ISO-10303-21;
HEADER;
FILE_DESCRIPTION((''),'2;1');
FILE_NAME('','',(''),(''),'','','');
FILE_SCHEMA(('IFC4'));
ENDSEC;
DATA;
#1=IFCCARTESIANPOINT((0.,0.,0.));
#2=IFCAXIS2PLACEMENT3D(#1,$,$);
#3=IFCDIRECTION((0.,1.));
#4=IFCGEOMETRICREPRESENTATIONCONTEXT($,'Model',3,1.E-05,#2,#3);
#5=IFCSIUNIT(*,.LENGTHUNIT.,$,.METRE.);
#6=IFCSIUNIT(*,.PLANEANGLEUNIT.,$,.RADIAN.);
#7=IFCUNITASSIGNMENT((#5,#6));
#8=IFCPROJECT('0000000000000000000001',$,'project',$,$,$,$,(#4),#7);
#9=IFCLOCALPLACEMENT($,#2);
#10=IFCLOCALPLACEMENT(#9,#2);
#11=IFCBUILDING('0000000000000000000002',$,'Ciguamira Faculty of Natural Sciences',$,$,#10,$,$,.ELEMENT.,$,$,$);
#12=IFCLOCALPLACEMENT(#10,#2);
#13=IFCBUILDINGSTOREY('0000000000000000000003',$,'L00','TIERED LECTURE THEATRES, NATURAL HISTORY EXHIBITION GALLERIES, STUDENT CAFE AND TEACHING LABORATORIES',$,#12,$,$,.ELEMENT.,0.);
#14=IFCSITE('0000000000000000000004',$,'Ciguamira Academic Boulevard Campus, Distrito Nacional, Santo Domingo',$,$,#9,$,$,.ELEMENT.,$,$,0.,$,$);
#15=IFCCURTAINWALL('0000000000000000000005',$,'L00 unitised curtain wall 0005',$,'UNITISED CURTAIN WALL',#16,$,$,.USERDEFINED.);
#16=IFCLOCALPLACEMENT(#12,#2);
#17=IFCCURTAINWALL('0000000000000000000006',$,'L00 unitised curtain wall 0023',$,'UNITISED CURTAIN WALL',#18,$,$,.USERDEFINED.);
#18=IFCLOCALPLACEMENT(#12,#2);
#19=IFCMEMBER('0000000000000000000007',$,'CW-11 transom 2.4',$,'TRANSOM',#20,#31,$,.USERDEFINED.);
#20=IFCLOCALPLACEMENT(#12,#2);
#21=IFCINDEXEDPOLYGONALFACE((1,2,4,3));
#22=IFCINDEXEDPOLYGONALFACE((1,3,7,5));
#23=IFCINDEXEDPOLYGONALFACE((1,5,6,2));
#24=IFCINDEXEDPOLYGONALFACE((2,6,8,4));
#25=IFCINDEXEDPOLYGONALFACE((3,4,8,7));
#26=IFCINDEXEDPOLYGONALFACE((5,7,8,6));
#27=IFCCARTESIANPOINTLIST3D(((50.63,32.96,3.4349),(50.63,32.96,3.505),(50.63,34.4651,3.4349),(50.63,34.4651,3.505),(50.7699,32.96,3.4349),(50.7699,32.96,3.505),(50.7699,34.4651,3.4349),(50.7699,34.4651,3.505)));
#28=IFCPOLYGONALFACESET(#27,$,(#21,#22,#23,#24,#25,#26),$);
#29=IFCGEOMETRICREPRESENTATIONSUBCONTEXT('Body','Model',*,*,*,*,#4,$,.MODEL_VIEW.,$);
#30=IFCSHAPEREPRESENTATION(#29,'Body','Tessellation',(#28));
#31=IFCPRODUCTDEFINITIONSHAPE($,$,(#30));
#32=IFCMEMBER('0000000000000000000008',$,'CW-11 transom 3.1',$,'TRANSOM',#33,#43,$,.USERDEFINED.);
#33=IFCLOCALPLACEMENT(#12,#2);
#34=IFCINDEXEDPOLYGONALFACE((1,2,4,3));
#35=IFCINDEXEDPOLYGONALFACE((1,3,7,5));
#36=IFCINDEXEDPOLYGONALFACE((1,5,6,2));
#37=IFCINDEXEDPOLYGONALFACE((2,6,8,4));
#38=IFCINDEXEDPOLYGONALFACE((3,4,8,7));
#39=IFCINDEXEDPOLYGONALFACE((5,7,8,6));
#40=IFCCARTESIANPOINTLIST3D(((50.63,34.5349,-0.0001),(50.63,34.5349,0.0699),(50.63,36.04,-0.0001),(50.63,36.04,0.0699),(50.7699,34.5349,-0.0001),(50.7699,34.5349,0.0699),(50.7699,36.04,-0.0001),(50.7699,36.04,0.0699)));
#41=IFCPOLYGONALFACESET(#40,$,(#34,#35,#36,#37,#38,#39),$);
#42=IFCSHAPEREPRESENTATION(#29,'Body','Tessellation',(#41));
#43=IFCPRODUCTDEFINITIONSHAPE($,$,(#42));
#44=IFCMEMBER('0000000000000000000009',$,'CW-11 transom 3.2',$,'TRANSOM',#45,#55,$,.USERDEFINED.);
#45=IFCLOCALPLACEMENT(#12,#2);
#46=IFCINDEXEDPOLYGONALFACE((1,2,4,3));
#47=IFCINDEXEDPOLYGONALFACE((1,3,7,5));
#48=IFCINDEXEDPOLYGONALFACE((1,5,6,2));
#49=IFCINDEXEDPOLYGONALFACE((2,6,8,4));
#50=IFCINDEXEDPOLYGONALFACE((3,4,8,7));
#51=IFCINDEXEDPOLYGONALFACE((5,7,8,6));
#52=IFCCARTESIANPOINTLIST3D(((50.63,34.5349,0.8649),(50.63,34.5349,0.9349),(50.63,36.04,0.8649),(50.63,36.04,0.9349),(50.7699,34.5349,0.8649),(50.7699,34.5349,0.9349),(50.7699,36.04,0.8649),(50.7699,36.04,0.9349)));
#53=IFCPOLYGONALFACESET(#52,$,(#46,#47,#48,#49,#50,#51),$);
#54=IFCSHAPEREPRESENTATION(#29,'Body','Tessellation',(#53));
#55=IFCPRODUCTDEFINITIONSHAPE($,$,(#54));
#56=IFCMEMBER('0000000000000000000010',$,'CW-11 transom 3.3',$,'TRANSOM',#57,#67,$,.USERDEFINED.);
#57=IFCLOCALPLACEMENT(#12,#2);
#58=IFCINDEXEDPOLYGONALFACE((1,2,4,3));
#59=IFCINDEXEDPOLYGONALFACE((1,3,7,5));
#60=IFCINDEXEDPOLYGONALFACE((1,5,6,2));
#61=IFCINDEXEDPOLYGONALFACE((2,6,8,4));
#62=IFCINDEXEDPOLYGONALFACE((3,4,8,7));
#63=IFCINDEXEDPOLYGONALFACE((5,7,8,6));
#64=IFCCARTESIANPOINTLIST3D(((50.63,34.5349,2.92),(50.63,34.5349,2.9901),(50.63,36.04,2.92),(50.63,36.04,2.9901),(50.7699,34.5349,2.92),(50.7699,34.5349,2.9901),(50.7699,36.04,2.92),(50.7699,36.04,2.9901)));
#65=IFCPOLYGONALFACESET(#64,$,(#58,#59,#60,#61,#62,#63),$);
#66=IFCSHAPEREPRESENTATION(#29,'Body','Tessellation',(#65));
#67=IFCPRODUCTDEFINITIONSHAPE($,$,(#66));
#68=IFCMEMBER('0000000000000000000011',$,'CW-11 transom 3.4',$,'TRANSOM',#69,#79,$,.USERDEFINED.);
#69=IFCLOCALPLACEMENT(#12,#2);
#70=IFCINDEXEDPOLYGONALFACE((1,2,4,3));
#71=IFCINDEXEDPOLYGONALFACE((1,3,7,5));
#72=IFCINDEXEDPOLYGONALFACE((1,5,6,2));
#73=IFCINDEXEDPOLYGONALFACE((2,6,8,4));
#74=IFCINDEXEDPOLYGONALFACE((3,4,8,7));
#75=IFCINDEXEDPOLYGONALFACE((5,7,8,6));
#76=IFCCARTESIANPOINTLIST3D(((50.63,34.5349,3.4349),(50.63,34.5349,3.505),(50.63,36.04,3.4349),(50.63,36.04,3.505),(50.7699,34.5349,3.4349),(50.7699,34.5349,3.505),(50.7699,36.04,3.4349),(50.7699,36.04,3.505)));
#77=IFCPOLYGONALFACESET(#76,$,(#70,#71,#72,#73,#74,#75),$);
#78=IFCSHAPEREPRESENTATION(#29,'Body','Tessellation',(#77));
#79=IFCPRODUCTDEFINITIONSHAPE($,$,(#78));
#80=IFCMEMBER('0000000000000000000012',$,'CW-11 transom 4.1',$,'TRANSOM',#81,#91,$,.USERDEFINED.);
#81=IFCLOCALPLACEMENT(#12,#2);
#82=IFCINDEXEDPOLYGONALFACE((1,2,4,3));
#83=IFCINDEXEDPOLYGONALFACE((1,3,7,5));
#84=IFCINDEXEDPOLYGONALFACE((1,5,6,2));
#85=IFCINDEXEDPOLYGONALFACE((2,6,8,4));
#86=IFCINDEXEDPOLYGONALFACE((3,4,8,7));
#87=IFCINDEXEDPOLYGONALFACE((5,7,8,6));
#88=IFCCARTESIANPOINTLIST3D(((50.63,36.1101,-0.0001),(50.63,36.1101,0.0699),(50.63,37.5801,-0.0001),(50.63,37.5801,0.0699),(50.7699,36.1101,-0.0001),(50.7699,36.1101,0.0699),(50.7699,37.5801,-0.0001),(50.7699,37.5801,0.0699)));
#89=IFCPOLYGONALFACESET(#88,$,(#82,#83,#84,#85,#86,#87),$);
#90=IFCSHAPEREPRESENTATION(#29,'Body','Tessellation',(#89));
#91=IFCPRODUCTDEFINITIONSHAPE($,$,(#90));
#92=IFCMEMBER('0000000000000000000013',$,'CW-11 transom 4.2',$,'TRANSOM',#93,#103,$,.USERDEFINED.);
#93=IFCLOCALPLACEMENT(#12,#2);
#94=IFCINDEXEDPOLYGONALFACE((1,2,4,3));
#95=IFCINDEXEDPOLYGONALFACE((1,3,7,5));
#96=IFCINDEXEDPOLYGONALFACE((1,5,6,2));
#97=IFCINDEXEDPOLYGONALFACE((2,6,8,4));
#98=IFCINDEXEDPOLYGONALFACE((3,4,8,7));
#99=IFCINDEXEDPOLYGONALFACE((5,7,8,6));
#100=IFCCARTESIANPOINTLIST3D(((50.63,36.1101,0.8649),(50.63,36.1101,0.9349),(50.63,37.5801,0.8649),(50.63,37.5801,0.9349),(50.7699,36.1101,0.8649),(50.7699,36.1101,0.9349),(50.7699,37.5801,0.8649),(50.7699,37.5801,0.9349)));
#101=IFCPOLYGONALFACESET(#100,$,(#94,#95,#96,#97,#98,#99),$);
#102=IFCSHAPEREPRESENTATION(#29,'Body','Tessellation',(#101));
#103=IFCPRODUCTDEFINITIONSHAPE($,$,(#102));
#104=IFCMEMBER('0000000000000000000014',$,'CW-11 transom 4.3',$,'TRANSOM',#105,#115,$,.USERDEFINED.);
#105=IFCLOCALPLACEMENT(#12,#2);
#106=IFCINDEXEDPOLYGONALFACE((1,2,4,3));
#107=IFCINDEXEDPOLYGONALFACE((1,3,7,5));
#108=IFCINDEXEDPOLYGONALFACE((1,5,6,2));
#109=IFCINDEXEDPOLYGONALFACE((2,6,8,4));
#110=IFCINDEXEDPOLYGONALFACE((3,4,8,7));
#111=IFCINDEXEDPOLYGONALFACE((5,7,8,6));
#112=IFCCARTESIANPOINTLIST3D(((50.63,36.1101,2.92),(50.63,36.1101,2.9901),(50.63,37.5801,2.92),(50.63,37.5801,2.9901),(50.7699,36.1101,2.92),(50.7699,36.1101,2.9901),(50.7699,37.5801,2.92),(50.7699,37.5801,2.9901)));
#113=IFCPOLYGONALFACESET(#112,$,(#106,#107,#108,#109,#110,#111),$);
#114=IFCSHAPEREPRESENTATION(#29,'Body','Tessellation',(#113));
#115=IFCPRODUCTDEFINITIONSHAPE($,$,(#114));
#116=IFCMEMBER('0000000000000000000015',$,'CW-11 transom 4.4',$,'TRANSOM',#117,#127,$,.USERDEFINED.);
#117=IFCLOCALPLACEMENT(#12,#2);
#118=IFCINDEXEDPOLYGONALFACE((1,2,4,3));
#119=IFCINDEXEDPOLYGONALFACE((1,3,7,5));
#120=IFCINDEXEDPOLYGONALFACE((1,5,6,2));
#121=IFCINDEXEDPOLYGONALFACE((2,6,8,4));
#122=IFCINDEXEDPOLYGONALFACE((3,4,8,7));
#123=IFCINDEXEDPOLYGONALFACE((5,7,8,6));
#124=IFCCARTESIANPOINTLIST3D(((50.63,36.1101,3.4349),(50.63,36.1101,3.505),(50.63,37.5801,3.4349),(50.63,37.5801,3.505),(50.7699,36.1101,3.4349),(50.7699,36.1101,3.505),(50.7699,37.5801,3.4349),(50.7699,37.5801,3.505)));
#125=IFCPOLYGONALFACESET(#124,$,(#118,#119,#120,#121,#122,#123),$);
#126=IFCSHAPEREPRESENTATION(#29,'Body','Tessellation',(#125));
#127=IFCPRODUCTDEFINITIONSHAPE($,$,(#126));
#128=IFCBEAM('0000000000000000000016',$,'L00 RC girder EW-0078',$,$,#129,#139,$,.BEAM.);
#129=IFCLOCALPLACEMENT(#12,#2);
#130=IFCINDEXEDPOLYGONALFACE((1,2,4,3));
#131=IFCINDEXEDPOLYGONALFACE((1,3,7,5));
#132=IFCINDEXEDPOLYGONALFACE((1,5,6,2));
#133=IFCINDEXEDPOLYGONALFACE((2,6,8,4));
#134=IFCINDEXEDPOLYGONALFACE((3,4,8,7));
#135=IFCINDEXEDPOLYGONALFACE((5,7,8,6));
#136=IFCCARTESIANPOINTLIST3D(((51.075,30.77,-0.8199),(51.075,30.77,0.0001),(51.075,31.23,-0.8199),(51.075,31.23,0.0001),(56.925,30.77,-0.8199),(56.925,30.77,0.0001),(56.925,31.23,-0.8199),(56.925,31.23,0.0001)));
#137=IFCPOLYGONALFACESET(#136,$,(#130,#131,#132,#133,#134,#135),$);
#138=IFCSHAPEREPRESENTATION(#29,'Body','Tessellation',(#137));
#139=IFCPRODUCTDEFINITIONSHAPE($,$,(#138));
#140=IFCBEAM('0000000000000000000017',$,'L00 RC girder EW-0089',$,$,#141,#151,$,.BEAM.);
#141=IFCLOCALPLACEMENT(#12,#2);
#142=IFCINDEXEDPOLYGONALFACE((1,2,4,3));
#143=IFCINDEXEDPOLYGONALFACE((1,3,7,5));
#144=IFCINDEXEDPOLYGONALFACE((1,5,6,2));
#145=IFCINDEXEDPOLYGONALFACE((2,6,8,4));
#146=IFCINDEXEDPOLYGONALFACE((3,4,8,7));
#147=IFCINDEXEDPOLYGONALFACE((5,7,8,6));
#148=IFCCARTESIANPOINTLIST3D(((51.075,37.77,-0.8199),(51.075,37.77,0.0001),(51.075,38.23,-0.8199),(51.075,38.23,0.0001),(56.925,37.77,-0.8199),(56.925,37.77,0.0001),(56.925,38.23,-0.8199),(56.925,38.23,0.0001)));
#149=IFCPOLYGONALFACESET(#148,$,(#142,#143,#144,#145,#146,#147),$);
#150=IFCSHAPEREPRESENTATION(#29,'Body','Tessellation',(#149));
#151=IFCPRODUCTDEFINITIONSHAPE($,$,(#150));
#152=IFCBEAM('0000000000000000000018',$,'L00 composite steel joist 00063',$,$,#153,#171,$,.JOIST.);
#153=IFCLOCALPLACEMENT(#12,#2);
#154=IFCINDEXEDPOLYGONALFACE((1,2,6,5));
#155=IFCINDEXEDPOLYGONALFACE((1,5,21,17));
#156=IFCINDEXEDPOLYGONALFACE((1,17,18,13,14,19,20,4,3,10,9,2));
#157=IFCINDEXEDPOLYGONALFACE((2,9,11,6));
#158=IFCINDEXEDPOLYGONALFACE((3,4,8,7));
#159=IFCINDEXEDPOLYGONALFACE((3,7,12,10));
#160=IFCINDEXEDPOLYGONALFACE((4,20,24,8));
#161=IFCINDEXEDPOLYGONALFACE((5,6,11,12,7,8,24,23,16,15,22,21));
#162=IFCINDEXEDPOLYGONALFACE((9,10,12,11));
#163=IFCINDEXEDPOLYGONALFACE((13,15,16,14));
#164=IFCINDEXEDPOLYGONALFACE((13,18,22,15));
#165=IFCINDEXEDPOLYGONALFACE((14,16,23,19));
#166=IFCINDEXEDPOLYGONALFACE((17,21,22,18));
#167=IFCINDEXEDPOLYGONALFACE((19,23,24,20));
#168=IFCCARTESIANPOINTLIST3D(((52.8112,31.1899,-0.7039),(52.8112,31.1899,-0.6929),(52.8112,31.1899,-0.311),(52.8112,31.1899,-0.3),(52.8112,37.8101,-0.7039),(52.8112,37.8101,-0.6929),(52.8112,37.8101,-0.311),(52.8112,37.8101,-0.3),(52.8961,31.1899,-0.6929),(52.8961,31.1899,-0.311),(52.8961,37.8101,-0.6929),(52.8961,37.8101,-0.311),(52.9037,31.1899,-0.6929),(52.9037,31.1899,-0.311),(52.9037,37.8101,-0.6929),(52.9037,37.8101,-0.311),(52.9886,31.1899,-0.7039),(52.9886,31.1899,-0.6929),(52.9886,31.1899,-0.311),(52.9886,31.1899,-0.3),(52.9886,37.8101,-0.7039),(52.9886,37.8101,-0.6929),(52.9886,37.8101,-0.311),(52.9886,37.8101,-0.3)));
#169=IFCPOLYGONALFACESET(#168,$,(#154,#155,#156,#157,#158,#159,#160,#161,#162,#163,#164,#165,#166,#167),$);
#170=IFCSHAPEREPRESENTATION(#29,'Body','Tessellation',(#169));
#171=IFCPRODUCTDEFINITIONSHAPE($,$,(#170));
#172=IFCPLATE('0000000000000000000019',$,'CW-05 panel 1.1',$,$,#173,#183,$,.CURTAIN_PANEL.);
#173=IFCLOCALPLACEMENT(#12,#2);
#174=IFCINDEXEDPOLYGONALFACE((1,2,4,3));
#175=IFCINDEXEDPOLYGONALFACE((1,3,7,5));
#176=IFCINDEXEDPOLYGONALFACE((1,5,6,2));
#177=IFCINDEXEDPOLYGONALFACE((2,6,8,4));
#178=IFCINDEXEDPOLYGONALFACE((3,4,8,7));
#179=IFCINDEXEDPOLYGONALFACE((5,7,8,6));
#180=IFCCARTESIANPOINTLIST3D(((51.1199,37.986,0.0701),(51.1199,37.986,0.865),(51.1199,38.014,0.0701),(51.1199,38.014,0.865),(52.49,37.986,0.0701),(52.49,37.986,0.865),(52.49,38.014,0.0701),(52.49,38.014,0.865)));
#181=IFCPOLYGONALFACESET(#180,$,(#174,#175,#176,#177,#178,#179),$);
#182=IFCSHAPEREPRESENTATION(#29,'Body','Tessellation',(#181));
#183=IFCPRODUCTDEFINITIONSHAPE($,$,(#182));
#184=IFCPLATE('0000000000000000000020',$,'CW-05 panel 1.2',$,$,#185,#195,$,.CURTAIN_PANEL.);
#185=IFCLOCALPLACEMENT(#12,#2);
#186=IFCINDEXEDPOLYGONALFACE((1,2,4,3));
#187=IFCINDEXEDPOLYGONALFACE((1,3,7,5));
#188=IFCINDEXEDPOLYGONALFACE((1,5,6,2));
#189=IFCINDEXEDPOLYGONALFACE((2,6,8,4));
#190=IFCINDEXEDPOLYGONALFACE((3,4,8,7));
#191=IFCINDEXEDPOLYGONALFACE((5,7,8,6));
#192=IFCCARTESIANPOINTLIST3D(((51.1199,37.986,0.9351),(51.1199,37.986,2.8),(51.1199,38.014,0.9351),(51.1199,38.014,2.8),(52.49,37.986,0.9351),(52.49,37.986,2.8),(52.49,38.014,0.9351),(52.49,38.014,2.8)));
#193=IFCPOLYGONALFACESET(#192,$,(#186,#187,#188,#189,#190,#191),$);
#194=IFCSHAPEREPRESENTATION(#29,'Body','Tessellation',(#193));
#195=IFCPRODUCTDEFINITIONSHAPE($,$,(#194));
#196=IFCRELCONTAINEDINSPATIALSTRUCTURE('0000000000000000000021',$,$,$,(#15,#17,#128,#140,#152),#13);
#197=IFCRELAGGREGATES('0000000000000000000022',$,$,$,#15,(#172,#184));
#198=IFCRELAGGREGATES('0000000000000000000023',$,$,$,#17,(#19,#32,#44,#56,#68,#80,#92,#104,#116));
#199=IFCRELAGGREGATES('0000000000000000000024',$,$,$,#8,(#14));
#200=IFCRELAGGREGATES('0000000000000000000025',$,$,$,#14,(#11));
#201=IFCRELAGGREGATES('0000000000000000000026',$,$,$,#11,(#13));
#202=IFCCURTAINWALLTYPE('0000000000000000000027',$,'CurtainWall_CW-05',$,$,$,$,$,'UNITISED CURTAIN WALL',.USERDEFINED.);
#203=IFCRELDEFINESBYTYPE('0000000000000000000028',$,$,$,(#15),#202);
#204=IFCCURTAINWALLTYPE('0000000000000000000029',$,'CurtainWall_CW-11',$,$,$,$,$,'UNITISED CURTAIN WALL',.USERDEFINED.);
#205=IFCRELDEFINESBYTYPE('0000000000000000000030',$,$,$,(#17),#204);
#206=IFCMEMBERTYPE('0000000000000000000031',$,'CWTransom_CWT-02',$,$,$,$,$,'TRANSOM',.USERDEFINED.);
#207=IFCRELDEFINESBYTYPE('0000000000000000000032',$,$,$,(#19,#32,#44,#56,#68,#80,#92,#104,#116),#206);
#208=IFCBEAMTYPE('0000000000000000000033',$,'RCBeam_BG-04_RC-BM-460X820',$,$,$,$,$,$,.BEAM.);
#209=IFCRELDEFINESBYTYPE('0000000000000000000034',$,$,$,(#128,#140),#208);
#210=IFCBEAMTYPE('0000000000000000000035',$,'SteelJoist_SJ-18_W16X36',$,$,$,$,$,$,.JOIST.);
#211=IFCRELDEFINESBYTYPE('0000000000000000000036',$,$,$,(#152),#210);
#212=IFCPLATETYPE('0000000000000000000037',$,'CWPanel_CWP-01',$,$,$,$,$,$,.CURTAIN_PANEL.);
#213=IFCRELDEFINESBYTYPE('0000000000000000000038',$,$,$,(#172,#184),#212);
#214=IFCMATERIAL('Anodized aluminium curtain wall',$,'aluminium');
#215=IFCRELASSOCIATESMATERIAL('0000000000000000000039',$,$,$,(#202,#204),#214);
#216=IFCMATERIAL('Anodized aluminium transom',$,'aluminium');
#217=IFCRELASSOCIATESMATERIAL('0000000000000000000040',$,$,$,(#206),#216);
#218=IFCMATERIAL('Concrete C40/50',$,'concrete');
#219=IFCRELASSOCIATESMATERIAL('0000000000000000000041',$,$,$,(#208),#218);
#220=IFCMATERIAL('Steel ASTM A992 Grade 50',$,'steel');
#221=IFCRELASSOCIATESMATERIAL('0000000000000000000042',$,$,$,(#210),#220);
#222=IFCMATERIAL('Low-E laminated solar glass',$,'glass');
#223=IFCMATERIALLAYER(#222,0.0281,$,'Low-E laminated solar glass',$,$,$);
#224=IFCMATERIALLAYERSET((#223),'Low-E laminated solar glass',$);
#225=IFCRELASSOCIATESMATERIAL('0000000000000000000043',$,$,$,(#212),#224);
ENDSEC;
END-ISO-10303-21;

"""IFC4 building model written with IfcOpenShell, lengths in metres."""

from ifc_helpers import new_model, si_unit, direction, frame, origin, origin_2d, place, context, subcontext, project, spatial, rectangle, i_section, extrude, material, layer, layer_set, material_profile, profile_set, type_object, element, aggregate, save


model = new_model("IFC4")

# Units and contexts
model_context = context("Model", 3, precision=1e-05, world=origin(), true_north=direction((0.0, 1.0)))
body_context = subcontext(model_context, "Body", "Model", "MODEL_VIEW")
ifc_project = project(units=[si_unit("LENGTHUNIT", "METRE"), si_unit("PLANEANGLEUNIT", "RADIAN")], contexts=[model_context])

# Site, building, storey
site_placement = place(None, origin())
site = spatial("IfcSite", under=ifc_project, at=site_placement, Name="Ciguamira Academic Boulevard Campus, Distrito Nacional, Santo Domingo", CompositionType="ELEMENT", RefElevation=0.0)
building_placement = place(site_placement, origin())
building = spatial("IfcBuilding", under=site, at=building_placement, Name="Ciguamira Faculty of Natural Sciences", CompositionType="ELEMENT")
storey_placement = place(building_placement, origin())
storey = spatial("IfcBuildingStorey", under=building, at=storey_placement, Name="L00", Description="TIERED LECTURE THEATRES, NATURAL HISTORY EXHIBITION GALLERIES, STUDENT CAFE AND TEACHING LABORATORIES", CompositionType="ELEMENT", Elevation=0.0)

# Shared definitions
ifc_material_1 = material(Name="Concrete C40/50", Category="concrete")

# Curtain walls
ifc_material_2 = material(Name="Anodized aluminium curtain wall", Category="aluminium")
curtain_wall_type_1 = type_object("IfcCurtainWallType", Name="CurtainWall_CW-05", ElementType="UNITISED CURTAIN WALL", PredefinedType="USERDEFINED", material=ifc_material_2)
curtain_wall_1_placement = place(storey_placement, origin())
curtain_wall_1 = element("IfcCurtainWall", 1, at=curtain_wall_1_placement, inside=storey, type_object=curtain_wall_type_1, Name="L00 unitised curtain wall 0005", ObjectType="UNITISED CURTAIN WALL", PredefinedType="USERDEFINED")
curtain_wall_type_2 = type_object("IfcCurtainWallType", Name="CurtainWall_CW-11", ElementType="UNITISED CURTAIN WALL", PredefinedType="USERDEFINED", material=ifc_material_2)
curtain_wall_2_placement = place(storey_placement, origin())
curtain_wall_2 = element("IfcCurtainWall", 2, at=curtain_wall_2_placement, inside=storey, type_object=curtain_wall_type_2, Name="L00 unitised curtain wall 0023", ObjectType="UNITISED CURTAIN WALL", PredefinedType="USERDEFINED")

# Members
ifc_material_3 = material(Name="Anodized aluminium transom", Category="aluminium")
ifc_material_profile_1 = material_profile(ifc_material_3, rectangle(XDim=0.0701, YDim=0.1399, at=origin_2d()), Name="ALU-TRN-70X140")
ifc_profile_set_1 = profile_set([ifc_material_profile_1], Name="Anodized aluminium transom")
member_type_1 = type_object("IfcMemberType", Name="CWTransom_CWT-02", ElementType="TRANSOM", PredefinedType="USERDEFINED", material=ifc_profile_set_1)
member_1_placement = place(storey_placement, frame((50.7, 32.96, 3.47), z_axis=(0.0, 1.0, 0.0), x_axis=(0.0, 0.0, 1.0)))
member_1 = element("IfcMember", 3, at=member_1_placement, type_object=member_type_1, Name="CW-11 transom 2.4", ObjectType="TRANSOM", PredefinedType="USERDEFINED", context=body_context, shape_type="SweptSolid", body=[
    extrude(rectangle(XDim=0.0701, YDim=0.1399, at=origin_2d()), origin(), (0.0, 0.0, 1.0), 1.5051),
])
member_2_placement = place(storey_placement, frame((50.7, 34.5349, 0.0349), z_axis=(0.0, 1.0, 0.0), x_axis=(0.0, 0.0, 1.0)))
member_2 = element("IfcMember", 4, at=member_2_placement, type_object=member_type_1, Name="CW-11 transom 3.1", ObjectType="TRANSOM", PredefinedType="USERDEFINED", context=body_context, shape_type="SweptSolid", body=[
    extrude(rectangle(XDim=0.0701, YDim=0.1399, at=origin_2d()), origin(), (0.0, 0.0, 1.0), 1.5051),
])
member_3_placement = place(storey_placement, frame((50.7, 34.5349, 0.8999), z_axis=(0.0, 1.0, 0.0), x_axis=(0.0, 0.0, 1.0)))
member_3 = element("IfcMember", 5, at=member_3_placement, type_object=member_type_1, Name="CW-11 transom 3.2", ObjectType="TRANSOM", PredefinedType="USERDEFINED", context=body_context, shape_type="SweptSolid", body=[
    extrude(rectangle(XDim=0.0701, YDim=0.1399, at=origin_2d()), origin(), (0.0, 0.0, 1.0), 1.5051),
])
member_4_placement = place(storey_placement, frame((50.7, 34.5349, 2.9551), z_axis=(0.0, 1.0, 0.0), x_axis=(0.0, 0.0, 1.0)))
member_4 = element("IfcMember", 6, at=member_4_placement, type_object=member_type_1, Name="CW-11 transom 3.3", ObjectType="TRANSOM", PredefinedType="USERDEFINED", context=body_context, shape_type="SweptSolid", body=[
    extrude(rectangle(XDim=0.0701, YDim=0.1399, at=origin_2d()), origin(), (0.0, 0.0, 1.0), 1.5051),
])
member_5_placement = place(storey_placement, frame((50.7, 34.5349, 3.47), z_axis=(0.0, 1.0, 0.0), x_axis=(0.0, 0.0, 1.0)))
member_5 = element("IfcMember", 7, at=member_5_placement, type_object=member_type_1, Name="CW-11 transom 3.4", ObjectType="TRANSOM", PredefinedType="USERDEFINED", context=body_context, shape_type="SweptSolid", body=[
    extrude(rectangle(XDim=0.0701, YDim=0.1399, at=origin_2d()), origin(), (0.0, 0.0, 1.0), 1.5051),
])
member_6_placement = place(storey_placement, frame((50.7, 36.1101, 0.0349), z_axis=(0.0, 1.0, 0.0), x_axis=(0.0, 0.0, 1.0)))
member_6 = element("IfcMember", 8, at=member_6_placement, type_object=member_type_1, Name="CW-11 transom 4.1", ObjectType="TRANSOM", PredefinedType="USERDEFINED", context=body_context, shape_type="SweptSolid", body=[
    extrude(rectangle(XDim=0.0701, YDim=0.1399, at=origin_2d()), origin(), (0.0, 0.0, 1.0), 1.47),
])
member_7_placement = place(storey_placement, frame((50.7, 36.1101, 0.8999), z_axis=(0.0, 1.0, 0.0), x_axis=(0.0, 0.0, 1.0)))
member_7 = element("IfcMember", 9, at=member_7_placement, type_object=member_type_1, Name="CW-11 transom 4.2", ObjectType="TRANSOM", PredefinedType="USERDEFINED", context=body_context, shape_type="SweptSolid", body=[
    extrude(rectangle(XDim=0.0701, YDim=0.1399, at=origin_2d()), origin(), (0.0, 0.0, 1.0), 1.47),
])
member_8_placement = place(storey_placement, frame((50.7, 36.1101, 2.9551), z_axis=(0.0, 1.0, 0.0), x_axis=(0.0, 0.0, 1.0)))
member_8 = element("IfcMember", 10, at=member_8_placement, type_object=member_type_1, Name="CW-11 transom 4.3", ObjectType="TRANSOM", PredefinedType="USERDEFINED", context=body_context, shape_type="SweptSolid", body=[
    extrude(rectangle(XDim=0.0701, YDim=0.1399, at=origin_2d()), origin(), (0.0, 0.0, 1.0), 1.47),
])
member_9_placement = place(storey_placement, frame((50.7, 36.1101, 3.47), z_axis=(0.0, 1.0, 0.0), x_axis=(0.0, 0.0, 1.0)))
member_9 = element("IfcMember", 11, at=member_9_placement, type_object=member_type_1, Name="CW-11 transom 4.4", ObjectType="TRANSOM", PredefinedType="USERDEFINED", context=body_context, shape_type="SweptSolid", body=[
    extrude(rectangle(XDim=0.0701, YDim=0.1399, at=origin_2d()), origin(), (0.0, 0.0, 1.0), 1.47),
])

# Beams
ifc_material_profile_2 = material_profile(ifc_material_1, rectangle(XDim=0.46, YDim=0.8201, at=origin_2d()), Name="RC-BM-460X820")
ifc_profile_set_2 = profile_set([ifc_material_profile_2], Name="Concrete C40/50")
beam_type_1 = type_object("IfcBeamType", Name="RCBeam_BG-04_RC-BM-460X820", PredefinedType="BEAM", material=ifc_profile_set_2)
for number, where, z_axis, x_axis, name in (
    (12, (51.075, 31.0, -0.4099), (1.0, 0.0, 0.0), (0.0, 1.0, 0.0), "L00 RC girder EW-0078"),
    (13, (51.075, 38.0, -0.4099), (1.0, 0.0, 0.0), (0.0, 1.0, 0.0), "L00 RC girder EW-0089"),
):
    element("IfcBeam", number, at=place(storey_placement, frame(where, z_axis=z_axis, x_axis=x_axis)), inside=storey, type_object=beam_type_1, Name=name, PredefinedType="BEAM", context=body_context, shape_type="SweptSolid", body=[
        extrude(rectangle(XDim=0.46, YDim=0.8201, at=origin_2d()), origin(), (0.0, 0.0, 1.0), 5.8501),
    ])
ifc_material_4 = material(Name="Steel ASTM A992 Grade 50", Category="steel")
ifc_material_profile_3 = material_profile(ifc_material_4, i_section(OverallWidth=0.1775, OverallDepth=0.4038, WebThickness=0.0076, FlangeThickness=0.011, at=origin_2d()), Name="W16X36")
ifc_profile_set_3 = profile_set([ifc_material_profile_3], Name="Steel ASTM A992 Grade 50")
beam_type_2 = type_object("IfcBeamType", Name="SteelJoist_SJ-18_W16X36", PredefinedType="JOIST", material=ifc_profile_set_3)
beam_placement = place(storey_placement, frame((52.8999, 31.1899, -0.502), z_axis=(0.0, 1.0, 0.0), x_axis=(-1.0, 0.0, 0.0)))
element("IfcBeam", 14, at=beam_placement, inside=storey, type_object=beam_type_2, Name="L00 composite steel joist 00063", PredefinedType="JOIST", context=body_context, shape_type="SweptSolid", body=[
    extrude(i_section(OverallWidth=0.1775, OverallDepth=0.4038, WebThickness=0.0076, FlangeThickness=0.011, at=origin_2d()), origin(), (0.0, 0.0, 1.0), 6.6201),
])

# Plates
ifc_material_5 = material(Name="Low-E laminated solar glass", Category="glass")
ifc_layer = layer(ifc_material_5, 0.0281, Name="Low-E laminated solar glass")
ifc_layer_set = layer_set([ifc_layer], Name="Low-E laminated solar glass")
plate_type = type_object("IfcPlateType", Name="CWPanel_CWP-01", PredefinedType="CURTAIN_PANEL", material=ifc_layer_set)
plate_1_placement = place(storey_placement, frame((51.8049, 38.0, 0.0701), z_axis=(0.0, 0.0, 1.0), x_axis=(1.0, 0.0, 0.0)))
plate_1 = element("IfcPlate", 15, at=plate_1_placement, type_object=plate_type, Name="CW-05 panel 1.1", PredefinedType="CURTAIN_PANEL", context=body_context, shape_type="SweptSolid", body=[
    extrude(rectangle(XDim=1.3701, YDim=0.0281, at=origin_2d()), origin(), (0.0, 0.0, 1.0), 0.7949),
])
plate_2_placement = place(storey_placement, frame((51.8049, 38.0, 0.9351), z_axis=(0.0, 0.0, 1.0), x_axis=(1.0, 0.0, 0.0)))
plate_2 = element("IfcPlate", 16, at=plate_2_placement, type_object=plate_type, Name="CW-05 panel 1.2", PredefinedType="CURTAIN_PANEL", context=body_context, shape_type="SweptSolid", body=[
    extrude(rectangle(XDim=1.3701, YDim=0.0281, at=origin_2d()), origin(), (0.0, 0.0, 1.0), 1.865),
])
aggregate(curtain_wall_1, [plate_1, plate_2])
aggregate(curtain_wall_2, [member_1, member_2, member_3, member_4, member_5, member_6, member_7, member_8, member_9])

save(model, "model.ifc")
